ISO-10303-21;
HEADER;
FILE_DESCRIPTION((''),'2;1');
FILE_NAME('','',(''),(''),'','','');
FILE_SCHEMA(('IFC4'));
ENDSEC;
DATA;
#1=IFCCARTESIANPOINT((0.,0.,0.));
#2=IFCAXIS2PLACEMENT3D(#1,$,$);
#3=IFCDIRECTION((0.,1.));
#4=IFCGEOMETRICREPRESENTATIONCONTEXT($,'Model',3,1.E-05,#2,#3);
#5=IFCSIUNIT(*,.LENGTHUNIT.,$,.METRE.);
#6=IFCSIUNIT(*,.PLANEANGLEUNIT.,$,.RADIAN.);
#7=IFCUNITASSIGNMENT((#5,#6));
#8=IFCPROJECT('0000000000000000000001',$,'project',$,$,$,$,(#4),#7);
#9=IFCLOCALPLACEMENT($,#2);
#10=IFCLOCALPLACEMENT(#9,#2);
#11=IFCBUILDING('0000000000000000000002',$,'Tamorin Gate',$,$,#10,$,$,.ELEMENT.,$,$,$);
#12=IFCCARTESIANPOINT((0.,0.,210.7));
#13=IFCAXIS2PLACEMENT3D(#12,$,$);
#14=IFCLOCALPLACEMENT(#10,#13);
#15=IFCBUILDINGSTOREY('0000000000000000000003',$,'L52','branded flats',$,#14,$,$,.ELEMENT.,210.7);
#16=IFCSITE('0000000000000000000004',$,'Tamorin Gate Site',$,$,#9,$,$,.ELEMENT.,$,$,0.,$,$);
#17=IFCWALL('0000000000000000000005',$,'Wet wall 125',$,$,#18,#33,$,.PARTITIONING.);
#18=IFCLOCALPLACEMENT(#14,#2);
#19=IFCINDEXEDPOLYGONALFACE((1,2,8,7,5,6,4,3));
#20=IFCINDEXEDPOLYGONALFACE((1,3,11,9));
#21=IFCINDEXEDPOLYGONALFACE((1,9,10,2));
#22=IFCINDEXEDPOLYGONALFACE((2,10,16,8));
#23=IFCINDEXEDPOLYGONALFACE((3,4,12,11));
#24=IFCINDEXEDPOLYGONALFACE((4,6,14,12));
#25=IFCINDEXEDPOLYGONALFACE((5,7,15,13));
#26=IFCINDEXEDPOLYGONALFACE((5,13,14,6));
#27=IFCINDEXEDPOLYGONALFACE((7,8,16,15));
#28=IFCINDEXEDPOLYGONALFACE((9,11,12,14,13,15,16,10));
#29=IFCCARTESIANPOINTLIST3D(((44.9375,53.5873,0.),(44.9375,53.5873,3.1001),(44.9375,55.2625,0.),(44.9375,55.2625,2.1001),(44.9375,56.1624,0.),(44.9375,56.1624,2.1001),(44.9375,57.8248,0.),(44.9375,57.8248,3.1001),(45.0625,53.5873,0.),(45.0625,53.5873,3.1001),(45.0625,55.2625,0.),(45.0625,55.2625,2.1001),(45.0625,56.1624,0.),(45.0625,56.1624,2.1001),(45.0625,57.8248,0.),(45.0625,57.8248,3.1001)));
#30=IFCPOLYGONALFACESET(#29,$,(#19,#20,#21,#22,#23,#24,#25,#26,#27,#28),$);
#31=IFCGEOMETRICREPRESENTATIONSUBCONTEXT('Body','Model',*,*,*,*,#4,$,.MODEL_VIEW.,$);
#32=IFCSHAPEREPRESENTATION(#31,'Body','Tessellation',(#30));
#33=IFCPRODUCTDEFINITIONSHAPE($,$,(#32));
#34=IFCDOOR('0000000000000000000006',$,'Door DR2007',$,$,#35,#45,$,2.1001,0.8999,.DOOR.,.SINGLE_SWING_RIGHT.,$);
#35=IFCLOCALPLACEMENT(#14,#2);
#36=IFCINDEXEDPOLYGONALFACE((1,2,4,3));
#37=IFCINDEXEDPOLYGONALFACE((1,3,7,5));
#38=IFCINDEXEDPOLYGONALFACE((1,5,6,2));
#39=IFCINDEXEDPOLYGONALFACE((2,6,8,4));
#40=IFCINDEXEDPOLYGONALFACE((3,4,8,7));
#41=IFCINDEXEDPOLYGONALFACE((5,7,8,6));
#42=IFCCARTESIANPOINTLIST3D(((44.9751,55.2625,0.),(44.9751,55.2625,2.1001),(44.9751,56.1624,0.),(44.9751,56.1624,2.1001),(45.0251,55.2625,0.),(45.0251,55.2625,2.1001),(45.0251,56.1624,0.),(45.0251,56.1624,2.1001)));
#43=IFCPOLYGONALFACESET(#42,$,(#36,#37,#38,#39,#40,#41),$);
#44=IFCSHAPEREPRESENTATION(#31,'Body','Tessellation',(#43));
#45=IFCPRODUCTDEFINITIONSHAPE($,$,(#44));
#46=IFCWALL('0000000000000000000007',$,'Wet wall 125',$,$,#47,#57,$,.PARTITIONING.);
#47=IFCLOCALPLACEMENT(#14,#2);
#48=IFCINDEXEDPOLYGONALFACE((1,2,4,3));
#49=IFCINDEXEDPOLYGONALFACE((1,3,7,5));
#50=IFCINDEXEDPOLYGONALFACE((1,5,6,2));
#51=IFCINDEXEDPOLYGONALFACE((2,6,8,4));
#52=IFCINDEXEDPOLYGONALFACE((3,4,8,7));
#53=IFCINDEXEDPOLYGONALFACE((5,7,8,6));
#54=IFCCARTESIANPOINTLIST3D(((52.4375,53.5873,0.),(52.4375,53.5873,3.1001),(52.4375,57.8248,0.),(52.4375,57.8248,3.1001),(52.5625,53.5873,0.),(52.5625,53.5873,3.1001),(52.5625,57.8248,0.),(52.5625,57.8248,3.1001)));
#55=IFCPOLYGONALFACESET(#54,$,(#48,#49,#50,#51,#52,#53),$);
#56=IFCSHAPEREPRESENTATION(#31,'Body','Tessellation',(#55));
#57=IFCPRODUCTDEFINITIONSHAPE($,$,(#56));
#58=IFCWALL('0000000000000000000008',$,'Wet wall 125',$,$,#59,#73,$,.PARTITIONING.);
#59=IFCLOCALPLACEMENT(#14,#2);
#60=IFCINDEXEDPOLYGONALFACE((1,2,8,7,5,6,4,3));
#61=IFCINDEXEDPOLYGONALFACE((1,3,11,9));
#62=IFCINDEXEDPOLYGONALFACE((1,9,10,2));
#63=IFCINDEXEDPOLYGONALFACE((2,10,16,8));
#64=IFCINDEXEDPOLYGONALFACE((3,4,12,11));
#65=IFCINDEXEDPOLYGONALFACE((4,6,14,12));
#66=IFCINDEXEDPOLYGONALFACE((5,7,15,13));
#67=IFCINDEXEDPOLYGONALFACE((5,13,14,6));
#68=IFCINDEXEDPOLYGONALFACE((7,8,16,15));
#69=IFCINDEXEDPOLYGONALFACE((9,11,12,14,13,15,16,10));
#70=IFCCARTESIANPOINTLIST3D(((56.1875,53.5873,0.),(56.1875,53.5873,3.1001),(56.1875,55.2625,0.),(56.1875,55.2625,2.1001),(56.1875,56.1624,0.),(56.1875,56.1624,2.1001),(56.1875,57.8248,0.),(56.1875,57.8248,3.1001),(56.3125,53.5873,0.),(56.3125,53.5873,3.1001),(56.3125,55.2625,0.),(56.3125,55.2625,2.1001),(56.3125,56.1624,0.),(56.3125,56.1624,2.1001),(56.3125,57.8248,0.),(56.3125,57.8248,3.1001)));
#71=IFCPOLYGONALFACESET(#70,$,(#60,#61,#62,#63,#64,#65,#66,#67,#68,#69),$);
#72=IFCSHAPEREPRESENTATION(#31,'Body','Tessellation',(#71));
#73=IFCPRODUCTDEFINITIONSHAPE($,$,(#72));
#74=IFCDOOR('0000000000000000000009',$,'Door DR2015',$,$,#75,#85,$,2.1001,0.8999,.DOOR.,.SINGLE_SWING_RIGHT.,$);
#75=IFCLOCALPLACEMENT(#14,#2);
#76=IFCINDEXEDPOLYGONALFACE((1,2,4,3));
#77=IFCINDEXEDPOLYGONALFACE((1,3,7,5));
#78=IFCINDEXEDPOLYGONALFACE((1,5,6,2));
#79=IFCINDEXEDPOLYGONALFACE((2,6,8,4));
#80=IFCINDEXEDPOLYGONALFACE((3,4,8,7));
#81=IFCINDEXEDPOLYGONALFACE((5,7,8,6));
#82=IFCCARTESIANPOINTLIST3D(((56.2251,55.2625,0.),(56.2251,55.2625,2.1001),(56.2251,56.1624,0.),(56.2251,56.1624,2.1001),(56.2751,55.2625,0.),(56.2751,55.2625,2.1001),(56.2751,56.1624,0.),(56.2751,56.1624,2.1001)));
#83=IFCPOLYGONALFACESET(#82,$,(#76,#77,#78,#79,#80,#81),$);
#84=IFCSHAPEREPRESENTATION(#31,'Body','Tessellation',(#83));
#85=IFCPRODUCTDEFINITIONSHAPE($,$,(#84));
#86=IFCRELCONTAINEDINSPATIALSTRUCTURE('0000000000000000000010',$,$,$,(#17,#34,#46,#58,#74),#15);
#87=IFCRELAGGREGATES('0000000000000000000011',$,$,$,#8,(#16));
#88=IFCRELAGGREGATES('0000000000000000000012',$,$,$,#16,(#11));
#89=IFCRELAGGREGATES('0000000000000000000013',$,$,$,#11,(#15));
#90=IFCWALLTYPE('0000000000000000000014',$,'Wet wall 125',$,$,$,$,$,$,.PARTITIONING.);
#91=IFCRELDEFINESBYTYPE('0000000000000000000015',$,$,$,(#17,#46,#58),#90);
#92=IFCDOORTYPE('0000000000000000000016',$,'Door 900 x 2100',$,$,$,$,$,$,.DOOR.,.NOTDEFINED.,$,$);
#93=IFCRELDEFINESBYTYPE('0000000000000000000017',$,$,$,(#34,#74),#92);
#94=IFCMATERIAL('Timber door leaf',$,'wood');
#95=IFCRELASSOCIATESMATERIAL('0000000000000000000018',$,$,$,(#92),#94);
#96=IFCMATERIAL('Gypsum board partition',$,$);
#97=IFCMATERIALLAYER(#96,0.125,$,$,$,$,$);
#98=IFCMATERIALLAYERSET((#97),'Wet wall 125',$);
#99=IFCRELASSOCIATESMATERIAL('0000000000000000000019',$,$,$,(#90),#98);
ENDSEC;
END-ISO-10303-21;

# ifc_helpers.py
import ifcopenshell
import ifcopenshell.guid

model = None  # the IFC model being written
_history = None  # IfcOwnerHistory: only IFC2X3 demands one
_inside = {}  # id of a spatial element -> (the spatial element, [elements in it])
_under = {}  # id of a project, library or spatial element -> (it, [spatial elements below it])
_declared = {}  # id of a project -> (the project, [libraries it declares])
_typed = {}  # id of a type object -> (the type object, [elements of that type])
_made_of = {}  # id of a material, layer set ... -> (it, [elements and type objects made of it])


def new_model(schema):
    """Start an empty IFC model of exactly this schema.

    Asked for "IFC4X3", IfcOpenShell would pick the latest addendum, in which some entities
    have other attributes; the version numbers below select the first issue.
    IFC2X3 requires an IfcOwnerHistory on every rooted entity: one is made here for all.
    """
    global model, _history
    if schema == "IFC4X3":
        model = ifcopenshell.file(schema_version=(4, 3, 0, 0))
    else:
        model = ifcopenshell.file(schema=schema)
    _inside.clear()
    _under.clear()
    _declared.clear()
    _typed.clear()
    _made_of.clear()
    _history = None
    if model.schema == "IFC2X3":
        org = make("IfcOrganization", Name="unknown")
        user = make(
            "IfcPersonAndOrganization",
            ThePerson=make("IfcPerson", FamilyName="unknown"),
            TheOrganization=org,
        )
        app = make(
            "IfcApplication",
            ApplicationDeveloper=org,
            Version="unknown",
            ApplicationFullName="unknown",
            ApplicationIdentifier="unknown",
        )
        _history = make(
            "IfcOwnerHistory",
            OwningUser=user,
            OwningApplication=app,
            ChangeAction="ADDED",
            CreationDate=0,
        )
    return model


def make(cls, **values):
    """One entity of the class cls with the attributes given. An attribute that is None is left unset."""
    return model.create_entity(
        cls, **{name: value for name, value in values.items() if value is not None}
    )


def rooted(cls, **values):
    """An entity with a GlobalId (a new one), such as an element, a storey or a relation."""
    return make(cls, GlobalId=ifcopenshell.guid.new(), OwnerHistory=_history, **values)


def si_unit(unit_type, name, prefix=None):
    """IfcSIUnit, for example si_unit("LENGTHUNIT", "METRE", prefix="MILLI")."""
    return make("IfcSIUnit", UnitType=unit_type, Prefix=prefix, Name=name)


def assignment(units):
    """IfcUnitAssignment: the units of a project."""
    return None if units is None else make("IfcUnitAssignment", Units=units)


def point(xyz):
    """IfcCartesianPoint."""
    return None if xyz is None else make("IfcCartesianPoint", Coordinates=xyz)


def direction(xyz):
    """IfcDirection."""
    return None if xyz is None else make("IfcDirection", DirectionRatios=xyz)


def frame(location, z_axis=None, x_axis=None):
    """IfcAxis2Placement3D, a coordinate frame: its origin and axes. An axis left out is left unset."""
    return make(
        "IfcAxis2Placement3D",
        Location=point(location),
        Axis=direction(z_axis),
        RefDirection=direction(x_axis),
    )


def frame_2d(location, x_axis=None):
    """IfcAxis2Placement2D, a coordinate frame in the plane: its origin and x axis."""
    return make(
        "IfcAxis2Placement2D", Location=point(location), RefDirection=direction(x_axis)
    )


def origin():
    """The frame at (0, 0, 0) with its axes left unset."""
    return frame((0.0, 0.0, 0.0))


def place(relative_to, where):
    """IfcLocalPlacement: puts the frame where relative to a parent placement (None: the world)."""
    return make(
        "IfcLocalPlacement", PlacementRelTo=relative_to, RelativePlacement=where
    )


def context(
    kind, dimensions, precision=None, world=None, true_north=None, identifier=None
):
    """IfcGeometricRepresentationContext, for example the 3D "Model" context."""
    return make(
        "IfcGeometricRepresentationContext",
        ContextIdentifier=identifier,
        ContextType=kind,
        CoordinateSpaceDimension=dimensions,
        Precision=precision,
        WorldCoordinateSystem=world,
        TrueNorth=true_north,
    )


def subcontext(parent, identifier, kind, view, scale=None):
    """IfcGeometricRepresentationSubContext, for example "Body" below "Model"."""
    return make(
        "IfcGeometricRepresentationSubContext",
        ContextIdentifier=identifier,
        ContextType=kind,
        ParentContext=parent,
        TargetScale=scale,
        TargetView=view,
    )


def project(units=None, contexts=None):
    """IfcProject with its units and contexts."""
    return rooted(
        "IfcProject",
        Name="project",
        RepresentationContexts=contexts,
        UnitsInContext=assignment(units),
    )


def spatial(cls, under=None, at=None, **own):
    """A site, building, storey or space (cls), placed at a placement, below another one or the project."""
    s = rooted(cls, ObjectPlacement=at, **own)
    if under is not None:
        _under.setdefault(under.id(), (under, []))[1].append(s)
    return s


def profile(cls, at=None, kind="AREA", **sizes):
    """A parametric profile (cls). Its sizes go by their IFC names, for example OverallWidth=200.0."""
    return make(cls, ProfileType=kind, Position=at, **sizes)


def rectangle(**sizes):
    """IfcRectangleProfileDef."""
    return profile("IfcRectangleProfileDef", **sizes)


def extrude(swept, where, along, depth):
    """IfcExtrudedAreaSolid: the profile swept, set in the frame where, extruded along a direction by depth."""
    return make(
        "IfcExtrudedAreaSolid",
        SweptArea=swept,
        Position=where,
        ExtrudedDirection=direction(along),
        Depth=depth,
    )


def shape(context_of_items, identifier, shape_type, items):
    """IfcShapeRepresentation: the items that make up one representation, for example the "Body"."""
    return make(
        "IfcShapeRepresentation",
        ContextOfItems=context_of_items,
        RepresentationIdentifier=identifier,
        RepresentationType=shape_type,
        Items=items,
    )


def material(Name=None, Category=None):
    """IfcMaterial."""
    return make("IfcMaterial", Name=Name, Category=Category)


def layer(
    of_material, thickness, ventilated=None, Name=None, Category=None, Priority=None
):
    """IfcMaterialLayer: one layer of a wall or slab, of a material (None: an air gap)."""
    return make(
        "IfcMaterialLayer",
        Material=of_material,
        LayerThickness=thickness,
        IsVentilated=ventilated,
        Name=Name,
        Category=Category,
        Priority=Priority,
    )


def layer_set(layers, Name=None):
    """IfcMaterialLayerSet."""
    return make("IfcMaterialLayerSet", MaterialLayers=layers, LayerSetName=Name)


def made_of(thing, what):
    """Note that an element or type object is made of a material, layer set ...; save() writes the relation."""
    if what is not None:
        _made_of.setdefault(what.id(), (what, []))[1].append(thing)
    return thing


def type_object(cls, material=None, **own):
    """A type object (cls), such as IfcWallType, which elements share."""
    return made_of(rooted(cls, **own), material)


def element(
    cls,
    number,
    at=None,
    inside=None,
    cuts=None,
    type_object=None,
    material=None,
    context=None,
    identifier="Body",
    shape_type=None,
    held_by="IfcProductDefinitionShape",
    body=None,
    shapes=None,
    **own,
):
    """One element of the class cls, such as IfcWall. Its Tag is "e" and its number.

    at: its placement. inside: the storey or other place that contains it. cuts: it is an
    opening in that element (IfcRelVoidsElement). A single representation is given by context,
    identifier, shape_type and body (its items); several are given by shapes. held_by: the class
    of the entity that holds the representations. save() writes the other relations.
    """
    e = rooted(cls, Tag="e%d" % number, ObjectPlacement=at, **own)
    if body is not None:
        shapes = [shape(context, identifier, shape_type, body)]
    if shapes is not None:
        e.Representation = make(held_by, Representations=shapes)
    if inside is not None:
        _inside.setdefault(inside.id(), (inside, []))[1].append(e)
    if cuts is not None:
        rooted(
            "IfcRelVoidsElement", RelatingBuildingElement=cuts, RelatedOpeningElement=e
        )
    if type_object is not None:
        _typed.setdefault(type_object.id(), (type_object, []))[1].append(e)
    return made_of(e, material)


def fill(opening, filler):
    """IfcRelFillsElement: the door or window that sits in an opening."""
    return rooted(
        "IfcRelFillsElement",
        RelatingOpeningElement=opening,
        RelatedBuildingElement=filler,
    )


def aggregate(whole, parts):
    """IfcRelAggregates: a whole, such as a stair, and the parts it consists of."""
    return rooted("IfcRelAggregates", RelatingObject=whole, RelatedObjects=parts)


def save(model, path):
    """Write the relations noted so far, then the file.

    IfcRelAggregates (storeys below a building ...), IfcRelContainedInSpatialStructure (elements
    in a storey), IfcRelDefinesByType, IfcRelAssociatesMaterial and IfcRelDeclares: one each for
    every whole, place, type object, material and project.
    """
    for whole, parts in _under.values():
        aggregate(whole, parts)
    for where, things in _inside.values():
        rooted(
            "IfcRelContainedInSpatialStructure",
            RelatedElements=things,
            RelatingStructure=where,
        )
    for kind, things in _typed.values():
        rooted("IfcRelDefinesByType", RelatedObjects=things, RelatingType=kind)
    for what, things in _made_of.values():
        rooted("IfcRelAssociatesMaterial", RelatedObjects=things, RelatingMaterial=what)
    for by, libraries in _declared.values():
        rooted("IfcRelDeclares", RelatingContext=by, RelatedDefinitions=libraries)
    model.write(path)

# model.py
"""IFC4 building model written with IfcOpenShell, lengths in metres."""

from ifc_helpers import new_model, si_unit, direction, frame, frame_2d, origin, place, context, subcontext, project, spatial, rectangle, extrude, material, layer, layer_set, type_object, element, fill, save


model = new_model("IFC4")

# Units and contexts
model_context = context("Model", 3, precision=1e-05, world=origin(), true_north=direction((0.0, 1.0)))
body_context = subcontext(model_context, "Body", "Model", "MODEL_VIEW")
ifc_project = project(units=[si_unit("LENGTHUNIT", "METRE"), si_unit("PLANEANGLEUNIT", "RADIAN")], contexts=[model_context])

# Site, building, storey
site_placement = place(None, origin())
site = spatial("IfcSite", under=ifc_project, at=site_placement, Name="Tamorin Gate Site", CompositionType="ELEMENT", RefElevation=0.0)
building_placement = place(site_placement, origin())
building = spatial("IfcBuilding", under=site, at=building_placement, Name="Tamorin Gate", CompositionType="ELEMENT")
storey_placement = place(building_placement, frame((0.0, 0.0, 210.7)))
storey = spatial("IfcBuildingStorey", under=building, at=storey_placement, Name="L52", Description="branded flats", CompositionType="ELEMENT", Elevation=210.7)

# Shared definitions
ifc_material_1 = material(Name="Gypsum board partition")

# Shared definitions
ifc_material_2 = material(Name="Timber door leaf", Category="wood")
door_type = type_object("IfcDoorType", Name="Door 900 x 2100", OperationType="NOTDEFINED", PredefinedType="DOOR", material=ifc_material_2)

# Shared definitions
ifc_layer_1 = layer(ifc_material_1, 0.125)
ifc_layer_set_1 = layer_set([ifc_layer_1], Name="Wet wall 125")
wall_type_1 = type_object("IfcWallType", Name="Wet wall 125", PredefinedType="PARTITIONING", material=ifc_layer_set_1)

# Wall, opening, door
wall_1_placement = place(storey_placement, frame((45.0, 53.5874, 0.0), z_axis=(0.0, 0.0, 1.0), x_axis=(0.0, 1.0, 0.0)))
wall_1 = element("IfcWall", 1, at=wall_1_placement, inside=storey, type_object=wall_type_1, Name="Wet wall 125", PredefinedType="PARTITIONING", context=body_context, shape_type="SweptSolid", body=[
    extrude(rectangle(XDim=4.2375, YDim=0.125, at=frame_2d((2.1187, 0.0))), origin(), (0.0, 0.0, 1.0), 3.1001),
])
opening_1_placement = place(wall_1_placement, frame((1.675, 0.0, 0.0)))
opening_1 = element("IfcOpeningElement", 2, at=opening_1_placement, cuts=wall_1, PredefinedType="OPENING", context=body_context, shape_type="SweptSolid", body=[
    extrude(rectangle(XDim=0.8999, YDim=2.1001, at=frame_2d((0.45, 1.05))), frame((0.0, 0.0725, 0.0), z_axis=(0.0, -1.0, 0.0), x_axis=(1.0, 0.0, 0.0)), (0.0, 0.0, 1.0), 0.145),
])
door_1_placement = place(opening_1_placement, origin())
door_1 = element("IfcDoor", 3, at=door_1_placement, inside=storey, type_object=door_type, Name="Door DR2007", OperationType="SINGLE_SWING_RIGHT", OverallHeight=2.1001, OverallWidth=0.8999, PredefinedType="DOOR", context=body_context, shape_type="SweptSolid", body=[
    extrude(rectangle(XDim=0.8999, YDim=2.1001, at=frame_2d((0.45, 1.05))), frame((0.0, 0.0249, 0.0), z_axis=(0.0, -1.0, 0.0), x_axis=(1.0, 0.0, 0.0)), (0.0, 0.0, 1.0), 0.05),
])
fill(opening_1, door_1)

# Wall
wall_2_placement = place(storey_placement, frame((52.5, 53.5874, 0.0), z_axis=(0.0, 0.0, 1.0), x_axis=(0.0, 1.0, 0.0)))
element("IfcWall", 4, at=wall_2_placement, inside=storey, type_object=wall_type_1, Name="Wet wall 125", PredefinedType="PARTITIONING", context=body_context, shape_type="SweptSolid", body=[
    extrude(rectangle(XDim=4.2375, YDim=0.125, at=frame_2d((2.1187, 0.0))), origin(), (0.0, 0.0, 1.0), 3.1001),
])

# Wall, opening, door
wall_3_placement = place(storey_placement, frame((56.25, 53.5874, 0.0), z_axis=(0.0, 0.0, 1.0), x_axis=(0.0, 1.0, 0.0)))
wall_3 = element("IfcWall", 5, at=wall_3_placement, inside=storey, type_object=wall_type_1, Name="Wet wall 125", PredefinedType="PARTITIONING", context=body_context, shape_type="SweptSolid", body=[
    extrude(rectangle(XDim=4.2375, YDim=0.125, at=frame_2d((2.1187, 0.0))), origin(), (0.0, 0.0, 1.0), 3.1001),
])
opening_2_placement = place(wall_3_placement, frame((1.675, 0.0, 0.0)))
opening_2 = element("IfcOpeningElement", 6, at=opening_2_placement, cuts=wall_3, PredefinedType="OPENING", context=body_context, shape_type="SweptSolid", body=[
    extrude(rectangle(XDim=0.8999, YDim=2.1001, at=frame_2d((0.45, 1.05))), frame((0.0, 0.0725, 0.0), z_axis=(0.0, -1.0, 0.0), x_axis=(1.0, 0.0, 0.0)), (0.0, 0.0, 1.0), 0.145),
])
door_2_placement = place(opening_2_placement, origin())
door_2 = element("IfcDoor", 7, at=door_2_placement, inside=storey, type_object=door_type, Name="Door DR2015", OperationType="SINGLE_SWING_RIGHT", OverallHeight=2.1001, OverallWidth=0.8999, PredefinedType="DOOR", context=body_context, shape_type="SweptSolid", body=[
    extrude(rectangle(XDim=0.8999, YDim=2.1001, at=frame_2d((0.45, 1.05))), frame((0.0, 0.0249, 0.0), z_axis=(0.0, -1.0, 0.0), x_axis=(1.0, 0.0, 0.0)), (0.0, 0.0, 1.0), 0.05),
])
fill(opening_2, door_2)

save(model, "model.ifc")
